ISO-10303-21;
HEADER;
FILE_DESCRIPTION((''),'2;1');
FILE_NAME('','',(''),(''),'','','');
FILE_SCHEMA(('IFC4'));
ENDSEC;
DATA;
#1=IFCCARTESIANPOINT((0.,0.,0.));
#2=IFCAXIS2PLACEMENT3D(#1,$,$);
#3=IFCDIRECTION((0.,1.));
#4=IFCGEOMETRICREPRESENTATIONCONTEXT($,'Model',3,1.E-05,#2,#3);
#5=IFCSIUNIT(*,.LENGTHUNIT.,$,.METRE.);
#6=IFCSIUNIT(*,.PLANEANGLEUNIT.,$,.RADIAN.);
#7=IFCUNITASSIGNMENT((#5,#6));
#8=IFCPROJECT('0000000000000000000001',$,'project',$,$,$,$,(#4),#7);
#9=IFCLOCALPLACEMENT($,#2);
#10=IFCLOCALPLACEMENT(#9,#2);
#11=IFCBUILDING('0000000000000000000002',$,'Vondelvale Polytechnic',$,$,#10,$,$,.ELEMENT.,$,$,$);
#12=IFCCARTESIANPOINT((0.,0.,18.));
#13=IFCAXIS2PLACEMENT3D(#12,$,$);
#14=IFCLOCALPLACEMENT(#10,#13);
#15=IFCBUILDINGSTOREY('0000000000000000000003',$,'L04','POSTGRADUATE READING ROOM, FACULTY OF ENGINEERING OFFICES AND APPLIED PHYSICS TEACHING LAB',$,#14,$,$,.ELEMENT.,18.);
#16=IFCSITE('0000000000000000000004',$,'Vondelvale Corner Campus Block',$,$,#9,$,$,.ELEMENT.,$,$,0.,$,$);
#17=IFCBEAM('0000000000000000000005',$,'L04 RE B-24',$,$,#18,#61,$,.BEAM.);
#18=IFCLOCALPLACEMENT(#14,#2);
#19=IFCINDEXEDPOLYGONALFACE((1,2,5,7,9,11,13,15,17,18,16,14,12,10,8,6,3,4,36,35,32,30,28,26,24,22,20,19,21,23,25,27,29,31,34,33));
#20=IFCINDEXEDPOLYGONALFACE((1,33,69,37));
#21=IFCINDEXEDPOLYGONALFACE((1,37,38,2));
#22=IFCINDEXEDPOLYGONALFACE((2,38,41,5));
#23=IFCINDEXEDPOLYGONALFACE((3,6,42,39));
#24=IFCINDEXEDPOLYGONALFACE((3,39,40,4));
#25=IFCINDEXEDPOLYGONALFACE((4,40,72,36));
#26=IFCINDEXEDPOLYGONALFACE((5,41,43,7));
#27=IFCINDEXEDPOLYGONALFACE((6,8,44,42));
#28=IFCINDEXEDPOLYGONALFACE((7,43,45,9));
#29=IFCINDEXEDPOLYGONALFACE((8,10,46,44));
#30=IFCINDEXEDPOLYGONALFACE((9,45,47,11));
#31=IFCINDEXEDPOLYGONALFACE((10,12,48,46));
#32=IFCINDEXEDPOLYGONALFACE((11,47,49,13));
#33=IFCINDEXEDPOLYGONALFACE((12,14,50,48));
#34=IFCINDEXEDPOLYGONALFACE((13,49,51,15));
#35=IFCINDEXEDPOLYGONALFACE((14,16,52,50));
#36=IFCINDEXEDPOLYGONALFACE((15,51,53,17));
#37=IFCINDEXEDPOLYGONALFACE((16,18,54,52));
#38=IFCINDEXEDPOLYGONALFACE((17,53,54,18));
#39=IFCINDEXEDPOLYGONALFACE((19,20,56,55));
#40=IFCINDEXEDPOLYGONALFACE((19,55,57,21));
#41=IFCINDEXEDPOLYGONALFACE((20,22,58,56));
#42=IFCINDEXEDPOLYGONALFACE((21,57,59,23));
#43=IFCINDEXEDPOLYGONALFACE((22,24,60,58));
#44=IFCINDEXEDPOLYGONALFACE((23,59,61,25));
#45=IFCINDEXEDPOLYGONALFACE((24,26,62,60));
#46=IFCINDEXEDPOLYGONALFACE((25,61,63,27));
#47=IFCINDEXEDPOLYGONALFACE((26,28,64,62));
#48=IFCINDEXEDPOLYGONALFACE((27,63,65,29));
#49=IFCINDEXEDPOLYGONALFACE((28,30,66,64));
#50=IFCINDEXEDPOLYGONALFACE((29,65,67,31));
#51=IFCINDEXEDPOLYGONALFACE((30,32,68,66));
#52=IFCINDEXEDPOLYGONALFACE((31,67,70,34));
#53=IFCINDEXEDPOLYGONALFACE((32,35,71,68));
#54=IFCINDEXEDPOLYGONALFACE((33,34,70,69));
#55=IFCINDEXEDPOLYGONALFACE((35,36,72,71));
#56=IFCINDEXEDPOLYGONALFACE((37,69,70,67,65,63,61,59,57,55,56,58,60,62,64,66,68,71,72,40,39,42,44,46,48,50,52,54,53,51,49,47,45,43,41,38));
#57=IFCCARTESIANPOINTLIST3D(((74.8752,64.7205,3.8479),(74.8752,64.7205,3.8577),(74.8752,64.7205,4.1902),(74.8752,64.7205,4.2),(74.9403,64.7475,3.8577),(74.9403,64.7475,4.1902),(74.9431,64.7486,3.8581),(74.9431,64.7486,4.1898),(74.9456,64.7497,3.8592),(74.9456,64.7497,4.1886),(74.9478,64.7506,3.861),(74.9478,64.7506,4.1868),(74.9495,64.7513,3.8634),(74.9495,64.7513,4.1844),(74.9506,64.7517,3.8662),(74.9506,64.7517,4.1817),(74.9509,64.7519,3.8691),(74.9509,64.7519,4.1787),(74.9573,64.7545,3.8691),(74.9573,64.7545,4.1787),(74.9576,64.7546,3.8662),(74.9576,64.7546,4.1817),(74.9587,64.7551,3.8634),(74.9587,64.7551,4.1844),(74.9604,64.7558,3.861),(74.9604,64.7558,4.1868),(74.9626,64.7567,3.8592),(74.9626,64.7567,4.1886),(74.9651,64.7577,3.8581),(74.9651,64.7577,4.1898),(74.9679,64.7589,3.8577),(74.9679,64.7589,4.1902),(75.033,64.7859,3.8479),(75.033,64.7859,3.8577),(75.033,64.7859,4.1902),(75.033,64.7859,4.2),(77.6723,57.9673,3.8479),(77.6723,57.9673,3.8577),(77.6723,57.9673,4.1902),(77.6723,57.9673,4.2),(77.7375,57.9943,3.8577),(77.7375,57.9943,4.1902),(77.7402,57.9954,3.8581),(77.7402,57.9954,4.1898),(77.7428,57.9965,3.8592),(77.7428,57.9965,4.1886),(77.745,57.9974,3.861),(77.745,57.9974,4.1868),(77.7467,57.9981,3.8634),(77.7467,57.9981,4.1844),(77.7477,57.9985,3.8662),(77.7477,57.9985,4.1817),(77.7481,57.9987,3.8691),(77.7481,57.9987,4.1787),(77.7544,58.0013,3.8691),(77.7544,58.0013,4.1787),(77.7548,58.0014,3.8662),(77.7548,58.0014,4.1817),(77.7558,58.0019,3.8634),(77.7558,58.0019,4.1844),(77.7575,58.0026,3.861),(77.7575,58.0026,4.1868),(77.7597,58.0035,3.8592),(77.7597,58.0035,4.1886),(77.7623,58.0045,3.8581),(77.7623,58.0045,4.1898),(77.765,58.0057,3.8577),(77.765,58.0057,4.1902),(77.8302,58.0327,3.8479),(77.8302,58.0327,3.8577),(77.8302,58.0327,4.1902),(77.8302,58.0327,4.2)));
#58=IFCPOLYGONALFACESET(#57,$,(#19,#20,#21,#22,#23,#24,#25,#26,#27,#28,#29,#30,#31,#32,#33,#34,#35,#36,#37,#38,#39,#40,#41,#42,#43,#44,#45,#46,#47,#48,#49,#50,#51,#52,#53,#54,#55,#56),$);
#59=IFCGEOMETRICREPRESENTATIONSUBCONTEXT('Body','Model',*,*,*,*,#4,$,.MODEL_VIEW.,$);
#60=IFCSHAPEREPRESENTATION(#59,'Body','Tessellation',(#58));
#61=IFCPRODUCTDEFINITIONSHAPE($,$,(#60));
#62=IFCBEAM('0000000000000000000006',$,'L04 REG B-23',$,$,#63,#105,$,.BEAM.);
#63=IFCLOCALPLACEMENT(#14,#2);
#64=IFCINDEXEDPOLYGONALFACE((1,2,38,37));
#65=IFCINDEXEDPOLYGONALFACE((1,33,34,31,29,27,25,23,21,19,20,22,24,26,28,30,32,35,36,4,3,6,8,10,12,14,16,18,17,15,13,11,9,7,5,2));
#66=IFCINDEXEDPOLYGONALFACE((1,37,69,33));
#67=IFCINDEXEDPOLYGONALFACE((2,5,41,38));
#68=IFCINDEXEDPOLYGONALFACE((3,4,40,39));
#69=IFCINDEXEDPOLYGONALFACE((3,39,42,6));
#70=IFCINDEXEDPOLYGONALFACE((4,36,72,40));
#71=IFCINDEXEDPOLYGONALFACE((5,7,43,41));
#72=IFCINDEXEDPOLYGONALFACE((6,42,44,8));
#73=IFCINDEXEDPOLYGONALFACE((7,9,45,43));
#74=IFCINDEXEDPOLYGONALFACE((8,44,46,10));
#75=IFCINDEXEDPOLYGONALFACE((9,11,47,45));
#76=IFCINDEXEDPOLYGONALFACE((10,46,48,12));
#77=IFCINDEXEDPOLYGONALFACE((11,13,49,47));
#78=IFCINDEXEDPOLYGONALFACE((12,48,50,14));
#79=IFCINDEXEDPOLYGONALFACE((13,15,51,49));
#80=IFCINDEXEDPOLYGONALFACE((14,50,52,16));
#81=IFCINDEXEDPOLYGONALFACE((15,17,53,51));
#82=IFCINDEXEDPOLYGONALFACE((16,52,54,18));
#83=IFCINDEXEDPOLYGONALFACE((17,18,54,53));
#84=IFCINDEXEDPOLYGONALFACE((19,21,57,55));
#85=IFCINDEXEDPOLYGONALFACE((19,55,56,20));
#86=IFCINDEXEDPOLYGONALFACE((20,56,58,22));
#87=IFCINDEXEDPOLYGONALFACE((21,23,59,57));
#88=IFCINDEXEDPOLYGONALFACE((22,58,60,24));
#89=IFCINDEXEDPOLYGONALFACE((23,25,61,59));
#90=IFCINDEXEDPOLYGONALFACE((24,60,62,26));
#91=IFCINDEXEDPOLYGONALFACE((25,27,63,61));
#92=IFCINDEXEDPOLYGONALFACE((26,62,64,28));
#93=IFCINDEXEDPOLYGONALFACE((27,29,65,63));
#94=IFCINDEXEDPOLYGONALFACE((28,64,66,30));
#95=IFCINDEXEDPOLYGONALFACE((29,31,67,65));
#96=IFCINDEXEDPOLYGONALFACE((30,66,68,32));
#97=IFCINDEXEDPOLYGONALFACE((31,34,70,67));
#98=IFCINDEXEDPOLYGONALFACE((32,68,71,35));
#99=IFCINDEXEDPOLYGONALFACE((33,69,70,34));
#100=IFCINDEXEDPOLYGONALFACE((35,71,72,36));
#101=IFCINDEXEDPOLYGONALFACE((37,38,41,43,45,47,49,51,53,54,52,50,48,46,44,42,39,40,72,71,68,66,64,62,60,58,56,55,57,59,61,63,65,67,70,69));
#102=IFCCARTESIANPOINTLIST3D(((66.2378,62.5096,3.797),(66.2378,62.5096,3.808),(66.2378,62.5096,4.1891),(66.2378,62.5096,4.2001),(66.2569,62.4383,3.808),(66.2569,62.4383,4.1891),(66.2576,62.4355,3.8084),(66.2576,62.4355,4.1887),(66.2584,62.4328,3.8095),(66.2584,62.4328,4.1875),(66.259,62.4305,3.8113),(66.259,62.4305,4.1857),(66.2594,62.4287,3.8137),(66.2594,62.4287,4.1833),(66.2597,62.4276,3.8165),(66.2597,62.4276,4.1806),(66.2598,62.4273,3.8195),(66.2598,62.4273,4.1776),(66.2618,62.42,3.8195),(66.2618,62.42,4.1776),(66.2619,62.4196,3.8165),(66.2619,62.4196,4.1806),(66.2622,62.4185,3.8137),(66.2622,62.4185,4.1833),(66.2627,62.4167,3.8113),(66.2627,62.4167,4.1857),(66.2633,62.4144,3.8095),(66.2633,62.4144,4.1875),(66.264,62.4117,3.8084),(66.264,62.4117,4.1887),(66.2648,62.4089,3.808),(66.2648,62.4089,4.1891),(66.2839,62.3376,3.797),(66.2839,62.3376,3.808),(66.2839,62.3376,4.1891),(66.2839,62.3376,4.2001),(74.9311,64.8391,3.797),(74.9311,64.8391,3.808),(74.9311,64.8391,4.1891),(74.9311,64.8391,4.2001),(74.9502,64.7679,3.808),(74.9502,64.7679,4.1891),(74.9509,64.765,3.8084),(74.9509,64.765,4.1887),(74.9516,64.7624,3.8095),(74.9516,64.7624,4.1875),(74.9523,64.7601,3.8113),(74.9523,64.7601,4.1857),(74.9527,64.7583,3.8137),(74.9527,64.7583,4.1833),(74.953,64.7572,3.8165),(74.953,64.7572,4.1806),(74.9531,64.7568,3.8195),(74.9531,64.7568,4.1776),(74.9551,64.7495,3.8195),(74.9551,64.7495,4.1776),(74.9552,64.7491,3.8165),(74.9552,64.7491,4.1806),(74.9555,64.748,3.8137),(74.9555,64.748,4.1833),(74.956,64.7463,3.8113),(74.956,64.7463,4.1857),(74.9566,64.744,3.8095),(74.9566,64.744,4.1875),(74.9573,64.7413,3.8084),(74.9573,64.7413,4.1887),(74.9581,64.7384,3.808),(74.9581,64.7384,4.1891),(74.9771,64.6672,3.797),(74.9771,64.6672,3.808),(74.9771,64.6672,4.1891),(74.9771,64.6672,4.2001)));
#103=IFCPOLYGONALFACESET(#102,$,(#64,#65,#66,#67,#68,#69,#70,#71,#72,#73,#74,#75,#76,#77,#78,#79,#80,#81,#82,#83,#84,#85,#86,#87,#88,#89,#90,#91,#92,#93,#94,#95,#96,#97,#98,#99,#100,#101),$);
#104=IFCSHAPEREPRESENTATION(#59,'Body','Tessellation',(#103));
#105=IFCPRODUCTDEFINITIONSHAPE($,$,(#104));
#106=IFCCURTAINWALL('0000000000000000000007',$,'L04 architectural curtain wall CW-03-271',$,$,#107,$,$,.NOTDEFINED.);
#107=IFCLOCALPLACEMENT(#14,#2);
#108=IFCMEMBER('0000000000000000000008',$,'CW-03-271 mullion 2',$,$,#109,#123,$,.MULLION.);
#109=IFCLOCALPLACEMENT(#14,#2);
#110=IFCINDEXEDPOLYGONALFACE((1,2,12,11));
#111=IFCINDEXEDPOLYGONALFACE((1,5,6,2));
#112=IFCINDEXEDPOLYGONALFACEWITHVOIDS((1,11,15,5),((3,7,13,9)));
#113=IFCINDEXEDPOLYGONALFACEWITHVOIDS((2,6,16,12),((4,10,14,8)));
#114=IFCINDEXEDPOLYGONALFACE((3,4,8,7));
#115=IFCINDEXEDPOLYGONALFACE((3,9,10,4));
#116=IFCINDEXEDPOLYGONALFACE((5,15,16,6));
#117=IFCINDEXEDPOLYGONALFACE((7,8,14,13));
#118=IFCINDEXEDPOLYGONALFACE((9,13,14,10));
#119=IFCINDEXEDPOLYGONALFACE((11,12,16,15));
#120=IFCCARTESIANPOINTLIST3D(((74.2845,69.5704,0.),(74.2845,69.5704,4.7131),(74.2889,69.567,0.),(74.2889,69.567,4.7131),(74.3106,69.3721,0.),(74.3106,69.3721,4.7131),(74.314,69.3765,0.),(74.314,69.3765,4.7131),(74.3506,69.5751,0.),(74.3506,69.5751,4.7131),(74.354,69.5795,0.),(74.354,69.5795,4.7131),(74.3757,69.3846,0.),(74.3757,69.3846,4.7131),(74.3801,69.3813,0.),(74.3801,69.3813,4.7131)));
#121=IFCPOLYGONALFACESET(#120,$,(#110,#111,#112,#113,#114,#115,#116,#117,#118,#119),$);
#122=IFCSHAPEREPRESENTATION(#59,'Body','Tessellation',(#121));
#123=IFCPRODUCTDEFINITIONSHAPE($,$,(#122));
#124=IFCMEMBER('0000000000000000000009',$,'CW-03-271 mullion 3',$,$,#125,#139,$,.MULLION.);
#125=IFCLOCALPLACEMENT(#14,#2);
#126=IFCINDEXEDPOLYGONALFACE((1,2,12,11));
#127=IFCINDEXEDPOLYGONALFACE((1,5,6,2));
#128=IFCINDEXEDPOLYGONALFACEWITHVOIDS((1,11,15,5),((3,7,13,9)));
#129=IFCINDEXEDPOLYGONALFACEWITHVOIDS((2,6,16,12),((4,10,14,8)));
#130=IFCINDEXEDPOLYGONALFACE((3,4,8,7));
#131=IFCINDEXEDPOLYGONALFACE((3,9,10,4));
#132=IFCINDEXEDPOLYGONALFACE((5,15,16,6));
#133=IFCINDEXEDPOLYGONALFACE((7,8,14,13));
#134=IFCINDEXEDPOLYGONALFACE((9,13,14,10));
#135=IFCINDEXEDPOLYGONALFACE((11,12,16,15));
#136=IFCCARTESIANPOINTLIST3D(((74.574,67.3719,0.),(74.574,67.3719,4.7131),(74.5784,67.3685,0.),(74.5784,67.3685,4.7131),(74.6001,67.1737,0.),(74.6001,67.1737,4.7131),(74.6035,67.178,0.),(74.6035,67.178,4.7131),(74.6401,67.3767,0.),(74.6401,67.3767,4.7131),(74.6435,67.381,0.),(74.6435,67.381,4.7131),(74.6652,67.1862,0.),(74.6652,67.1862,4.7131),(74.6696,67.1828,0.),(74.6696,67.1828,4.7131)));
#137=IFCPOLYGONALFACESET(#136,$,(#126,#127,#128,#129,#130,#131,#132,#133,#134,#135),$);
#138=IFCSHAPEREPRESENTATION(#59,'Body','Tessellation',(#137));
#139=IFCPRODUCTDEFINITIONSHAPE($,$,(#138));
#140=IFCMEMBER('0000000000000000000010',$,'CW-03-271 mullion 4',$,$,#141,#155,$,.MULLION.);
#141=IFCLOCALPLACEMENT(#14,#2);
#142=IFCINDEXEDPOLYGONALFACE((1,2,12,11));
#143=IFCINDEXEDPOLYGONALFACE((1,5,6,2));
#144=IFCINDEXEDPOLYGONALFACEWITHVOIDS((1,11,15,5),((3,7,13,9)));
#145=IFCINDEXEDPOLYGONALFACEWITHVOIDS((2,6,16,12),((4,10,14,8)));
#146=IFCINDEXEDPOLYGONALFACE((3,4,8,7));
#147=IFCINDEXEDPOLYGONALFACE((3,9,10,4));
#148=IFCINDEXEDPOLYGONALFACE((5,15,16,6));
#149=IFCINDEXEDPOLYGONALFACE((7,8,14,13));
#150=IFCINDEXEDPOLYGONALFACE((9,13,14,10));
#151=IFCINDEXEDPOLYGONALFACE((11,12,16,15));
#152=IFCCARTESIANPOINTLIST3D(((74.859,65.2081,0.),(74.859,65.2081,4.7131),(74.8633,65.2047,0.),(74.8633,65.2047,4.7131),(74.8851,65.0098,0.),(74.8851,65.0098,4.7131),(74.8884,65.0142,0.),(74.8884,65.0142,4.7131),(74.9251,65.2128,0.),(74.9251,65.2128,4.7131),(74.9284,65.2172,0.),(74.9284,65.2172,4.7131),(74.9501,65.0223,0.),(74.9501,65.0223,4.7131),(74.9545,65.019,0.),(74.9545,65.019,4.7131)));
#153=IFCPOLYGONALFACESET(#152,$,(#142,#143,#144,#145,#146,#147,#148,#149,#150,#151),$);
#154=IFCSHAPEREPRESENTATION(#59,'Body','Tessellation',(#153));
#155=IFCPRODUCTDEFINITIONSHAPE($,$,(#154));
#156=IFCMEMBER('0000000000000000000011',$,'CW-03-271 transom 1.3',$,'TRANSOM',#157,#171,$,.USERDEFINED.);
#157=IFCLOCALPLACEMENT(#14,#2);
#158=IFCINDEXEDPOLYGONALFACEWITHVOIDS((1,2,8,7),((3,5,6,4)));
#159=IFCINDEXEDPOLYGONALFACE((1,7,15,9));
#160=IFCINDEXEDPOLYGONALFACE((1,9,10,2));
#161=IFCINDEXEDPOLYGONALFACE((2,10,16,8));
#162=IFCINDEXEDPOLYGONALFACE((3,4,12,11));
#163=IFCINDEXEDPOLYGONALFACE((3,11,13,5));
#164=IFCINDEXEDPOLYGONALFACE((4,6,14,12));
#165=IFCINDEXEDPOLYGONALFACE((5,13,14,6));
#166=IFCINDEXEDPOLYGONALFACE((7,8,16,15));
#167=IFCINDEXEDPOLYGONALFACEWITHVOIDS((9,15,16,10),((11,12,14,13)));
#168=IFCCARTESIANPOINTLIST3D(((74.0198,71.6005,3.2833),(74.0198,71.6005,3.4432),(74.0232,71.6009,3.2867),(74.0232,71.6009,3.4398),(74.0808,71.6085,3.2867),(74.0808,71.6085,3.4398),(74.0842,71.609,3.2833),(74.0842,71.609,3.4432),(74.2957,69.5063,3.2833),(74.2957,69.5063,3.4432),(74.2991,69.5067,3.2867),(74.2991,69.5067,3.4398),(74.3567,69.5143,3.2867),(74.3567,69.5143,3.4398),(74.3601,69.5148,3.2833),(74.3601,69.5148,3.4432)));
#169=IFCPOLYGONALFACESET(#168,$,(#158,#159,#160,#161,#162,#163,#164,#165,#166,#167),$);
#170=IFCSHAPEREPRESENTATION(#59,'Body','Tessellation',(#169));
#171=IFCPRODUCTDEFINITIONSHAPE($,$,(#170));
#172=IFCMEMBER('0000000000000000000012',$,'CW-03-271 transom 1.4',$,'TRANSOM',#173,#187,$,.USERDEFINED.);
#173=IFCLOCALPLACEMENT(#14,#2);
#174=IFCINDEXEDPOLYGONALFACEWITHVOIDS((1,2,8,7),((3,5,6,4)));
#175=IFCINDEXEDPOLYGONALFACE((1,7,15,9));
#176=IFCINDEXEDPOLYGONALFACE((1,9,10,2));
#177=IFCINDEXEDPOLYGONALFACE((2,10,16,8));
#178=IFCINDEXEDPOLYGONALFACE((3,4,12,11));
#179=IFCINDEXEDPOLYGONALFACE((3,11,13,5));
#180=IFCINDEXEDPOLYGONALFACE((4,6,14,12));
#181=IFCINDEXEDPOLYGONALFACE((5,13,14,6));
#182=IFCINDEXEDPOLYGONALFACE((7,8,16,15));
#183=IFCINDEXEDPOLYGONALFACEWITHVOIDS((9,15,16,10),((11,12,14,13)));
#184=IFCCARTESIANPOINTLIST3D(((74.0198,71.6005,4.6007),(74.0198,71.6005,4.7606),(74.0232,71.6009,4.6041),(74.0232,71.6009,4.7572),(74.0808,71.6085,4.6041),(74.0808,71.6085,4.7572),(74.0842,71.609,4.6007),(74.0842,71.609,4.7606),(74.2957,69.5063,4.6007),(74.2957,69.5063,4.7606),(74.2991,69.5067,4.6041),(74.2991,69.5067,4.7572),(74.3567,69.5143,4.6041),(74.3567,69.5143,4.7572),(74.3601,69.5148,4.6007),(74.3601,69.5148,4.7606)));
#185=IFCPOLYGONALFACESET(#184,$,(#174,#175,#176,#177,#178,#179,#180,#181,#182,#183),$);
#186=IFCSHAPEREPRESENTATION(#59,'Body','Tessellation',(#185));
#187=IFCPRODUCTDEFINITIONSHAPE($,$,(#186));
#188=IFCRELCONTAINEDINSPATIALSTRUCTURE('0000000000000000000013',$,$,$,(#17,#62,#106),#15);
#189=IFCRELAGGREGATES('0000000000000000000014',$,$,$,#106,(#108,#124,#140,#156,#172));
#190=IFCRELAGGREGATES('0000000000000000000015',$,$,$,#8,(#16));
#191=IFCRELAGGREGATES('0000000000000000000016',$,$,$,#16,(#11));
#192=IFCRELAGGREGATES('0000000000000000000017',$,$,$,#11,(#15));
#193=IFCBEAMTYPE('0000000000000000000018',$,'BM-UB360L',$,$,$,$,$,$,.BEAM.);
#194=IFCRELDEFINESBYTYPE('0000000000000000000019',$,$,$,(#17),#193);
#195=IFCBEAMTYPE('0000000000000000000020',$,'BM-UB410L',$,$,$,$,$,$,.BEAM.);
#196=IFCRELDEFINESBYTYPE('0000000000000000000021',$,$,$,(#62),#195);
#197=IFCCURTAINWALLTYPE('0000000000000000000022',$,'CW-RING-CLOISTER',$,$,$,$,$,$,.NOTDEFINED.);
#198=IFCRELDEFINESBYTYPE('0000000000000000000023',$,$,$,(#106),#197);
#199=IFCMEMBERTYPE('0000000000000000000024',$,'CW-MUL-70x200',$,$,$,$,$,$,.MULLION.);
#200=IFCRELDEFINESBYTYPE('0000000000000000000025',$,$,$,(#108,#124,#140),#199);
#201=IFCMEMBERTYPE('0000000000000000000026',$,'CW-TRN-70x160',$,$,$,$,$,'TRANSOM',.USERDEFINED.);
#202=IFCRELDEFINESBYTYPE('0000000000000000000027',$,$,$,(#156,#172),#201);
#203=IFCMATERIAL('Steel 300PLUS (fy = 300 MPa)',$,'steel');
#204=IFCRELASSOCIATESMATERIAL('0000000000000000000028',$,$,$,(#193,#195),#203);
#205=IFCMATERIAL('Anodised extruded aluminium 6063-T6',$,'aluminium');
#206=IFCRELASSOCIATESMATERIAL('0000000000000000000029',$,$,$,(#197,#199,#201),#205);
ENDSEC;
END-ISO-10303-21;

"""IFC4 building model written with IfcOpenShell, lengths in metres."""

from ifc_helpers import new_model, si_unit, direction, frame, origin, origin_2d, place, context, subcontext, project, spatial, hollow_rectangle, i_section, extrude, material, material_profile, profile_set, type_object, element, aggregate, save


model = new_model("IFC4")

# Units and contexts
model_context = context("Model", 3, precision=1e-05, world=origin(), true_north=direction((0.0, 1.0)))
body_context = subcontext(model_context, "Body", "Model", "MODEL_VIEW")
ifc_project = project(units=[si_unit("LENGTHUNIT", "METRE"), si_unit("PLANEANGLEUNIT", "RADIAN")], contexts=[model_context])

# Site, building, storey
site_placement = place(None, origin())
site = spatial("IfcSite", under=ifc_project, at=site_placement, Name="Vondelvale Corner Campus Block", CompositionType="ELEMENT", RefElevation=0.0)
building_placement = place(site_placement, origin())
building = spatial("IfcBuilding", under=site, at=building_placement, Name="Vondelvale Polytechnic", CompositionType="ELEMENT")
storey_placement = place(building_placement, frame((0.0, 0.0, 18.0)))
storey = spatial("IfcBuildingStorey", under=building, at=storey_placement, Name="L04", Description="POSTGRADUATE READING ROOM, FACULTY OF ENGINEERING OFFICES AND APPLIED PHYSICS TEACHING LAB", CompositionType="ELEMENT", Elevation=18.0)

# Beams
ifc_material_1 = material(Name="Steel 300PLUS (fy = 300 MPa)", Category="steel")
ifc_material_profile_1 = material_profile(ifc_material_1, i_section(OverallWidth=0.1709, OverallDepth=0.3521, WebThickness=0.0068, FlangeThickness=0.0098, FilletRadius=0.0115, at=origin_2d()), Name="360UB44.7")
ifc_profile_set_1 = profile_set([ifc_material_profile_1], Name="Steel 300PLUS (fy = 300 MPa)")
beam_type_1 = type_object("IfcBeamType", Name="BM-UB360L", PredefinedType="BEAM", material=ifc_profile_set_1)
beam_1_placement = place(storey_placement, frame((74.9541, 64.7532, 4.0239), z_axis=(0.382667, -0.923886, 0.0), x_axis=(0.923886, 0.382667, 0.0)))
element("IfcBeam", 1, at=beam_1_placement, inside=storey, type_object=beam_type_1, Name="L04 RE B-24", PredefinedType="BEAM", context=body_context, shape_type="SweptSolid", body=[
    extrude(i_section(OverallWidth=0.1709, OverallDepth=0.3521, WebThickness=0.0068, FlangeThickness=0.0098, FilletRadius=0.0115, at=origin_2d()), origin(), (0.0, 0.0, 1.0), 7.3096),
])
ifc_material_profile_2 = material_profile(ifc_material_1, i_section(OverallWidth=0.178, OverallDepth=0.4031, WebThickness=0.0076, FlangeThickness=0.011, FilletRadius=0.0115, at=origin_2d()), Name="410UB53.7")
ifc_profile_set_2 = profile_set([ifc_material_profile_2], Name="Steel 300PLUS (fy = 300 MPa)")
beam_type_2 = type_object("IfcBeamType", Name="BM-UB410L", PredefinedType="BEAM", material=ifc_profile_set_2)
beam_2_placement = place(storey_placement, frame((74.9541, 64.7532, 3.9985), z_axis=(-0.96592, -0.258841, 0.0), x_axis=(0.258841, -0.96592, 0.0)))
element("IfcBeam", 2, at=beam_2_placement, inside=storey, type_object=beam_type_2, Name="L04 REG B-23", PredefinedType="BEAM", context=body_context, shape_type="SweptSolid", body=[
    extrude(i_section(OverallWidth=0.178, OverallDepth=0.4031, WebThickness=0.0076, FlangeThickness=0.011, FilletRadius=0.0115, at=origin_2d()), origin(), (0.0, 0.0, 1.0), 9.0),
])

# Curtain wall, members
ifc_material_2 = material(Name="Anodised extruded aluminium 6063-T6", Category="aluminium")
curtain_wall_type = type_object("IfcCurtainWallType", Name="CW-RING-CLOISTER", PredefinedType="NOTDEFINED", material=ifc_material_2)
curtain_wall_placement = place(storey_placement, origin())
curtain_wall = element("IfcCurtainWall", 3, at=curtain_wall_placement, inside=storey, type_object=curtain_wall_type, Name="L04 architectural curtain wall CW-03-271", PredefinedType="NOTDEFINED")
ifc_material_profile_3 = material_profile(ifc_material_2, hollow_rectangle(XDim=0.0701, YDim=0.2, WallThickness=0.0039, at=origin_2d()), Name="CW-MUL-200x70")
ifc_profile_set_3 = profile_set([ifc_material_profile_3], Name="Anodised extruded aluminium 6063-T6")
member_type_1 = type_object("IfcMemberType", Name="CW-MUL-70x200", PredefinedType="MULLION", material=ifc_profile_set_3)
member_1_placement = place(storey_placement, frame((74.3323, 69.4758, 0.0), z_axis=(0.0, 0.0, 1.0), x_axis=(0.991445, 0.130528, 0.0)))
member_1 = element("IfcMember", 4, at=member_1_placement, type_object=member_type_1, Name="CW-03-271 mullion 2", PredefinedType="MULLION", context=body_context, shape_type="SweptSolid", body=[
    extrude(hollow_rectangle(XDim=0.0701, YDim=0.2, WallThickness=0.0039, at=origin_2d()), origin(), (0.0, 0.0, 1.0), 4.7131),
])
member_2_placement = place(storey_placement, frame((74.6218, 67.2773, 0.0), z_axis=(0.0, 0.0, 1.0), x_axis=(0.991445, 0.130528, 0.0)))
member_2 = element("IfcMember", 5, at=member_2_placement, type_object=member_type_1, Name="CW-03-271 mullion 3", PredefinedType="MULLION", context=body_context, shape_type="SweptSolid", body=[
    extrude(hollow_rectangle(XDim=0.0701, YDim=0.2, WallThickness=0.0039, at=origin_2d()), origin(), (0.0, 0.0, 1.0), 4.7131),
])
member_3_placement = place(storey_placement, frame((74.9067, 65.1135, 0.0), z_axis=(0.0, 0.0, 1.0), x_axis=(0.991445, 0.130528, 0.0)))
member_3 = element("IfcMember", 6, at=member_3_placement, type_object=member_type_1, Name="CW-03-271 mullion 4", PredefinedType="MULLION", context=body_context, shape_type="SweptSolid", body=[
    extrude(hollow_rectangle(XDim=0.0701, YDim=0.2, WallThickness=0.0039, at=origin_2d()), origin(), (0.0, 0.0, 1.0), 4.7131),
])
ifc_material_profile_4 = material_profile(ifc_material_2, hollow_rectangle(XDim=0.0649, YDim=0.1599, WallThickness=0.0034, at=origin_2d()), Name="CW-TRN-160x65")
ifc_profile_set_4 = profile_set([ifc_material_profile_4], Name="Anodised extruded aluminium 6063-T6")
member_type_2 = type_object("IfcMemberType", Name="CW-TRN-70x160", ElementType="TRANSOM", PredefinedType="USERDEFINED", material=ifc_profile_set_4)
member_4_placement = place(storey_placement, frame((74.052, 71.6047, 3.3633), z_axis=(0.130604, -0.991435, 0.0), x_axis=(0.991435, 0.130604, 0.0)))
member_4 = element("IfcMember", 7, at=member_4_placement, type_object=member_type_2, Name="CW-03-271 transom 1.3", ObjectType="TRANSOM", PredefinedType="USERDEFINED", context=body_context, shape_type="SweptSolid", body=[
    extrude(hollow_rectangle(XDim=0.0649, YDim=0.1599, WallThickness=0.0034, at=origin_2d()), origin(), (0.0, 0.0, 1.0), 2.1123),
])
member_5_placement = place(storey_placement, frame((74.052, 71.6047, 4.6807), z_axis=(0.130604, -0.991435, 0.0), x_axis=(0.991435, 0.130604, 0.0)))
member_5 = element("IfcMember", 8, at=member_5_placement, type_object=member_type_2, Name="CW-03-271 transom 1.4", ObjectType="TRANSOM", PredefinedType="USERDEFINED", context=body_context, shape_type="SweptSolid", body=[
    extrude(hollow_rectangle(XDim=0.0649, YDim=0.1599, WallThickness=0.0034, at=origin_2d()), origin(), (0.0, 0.0, 1.0), 2.1123),
])
aggregate(curtain_wall, [member_1, member_2, member_3, member_4, member_5])

save(model, "model.ifc")
